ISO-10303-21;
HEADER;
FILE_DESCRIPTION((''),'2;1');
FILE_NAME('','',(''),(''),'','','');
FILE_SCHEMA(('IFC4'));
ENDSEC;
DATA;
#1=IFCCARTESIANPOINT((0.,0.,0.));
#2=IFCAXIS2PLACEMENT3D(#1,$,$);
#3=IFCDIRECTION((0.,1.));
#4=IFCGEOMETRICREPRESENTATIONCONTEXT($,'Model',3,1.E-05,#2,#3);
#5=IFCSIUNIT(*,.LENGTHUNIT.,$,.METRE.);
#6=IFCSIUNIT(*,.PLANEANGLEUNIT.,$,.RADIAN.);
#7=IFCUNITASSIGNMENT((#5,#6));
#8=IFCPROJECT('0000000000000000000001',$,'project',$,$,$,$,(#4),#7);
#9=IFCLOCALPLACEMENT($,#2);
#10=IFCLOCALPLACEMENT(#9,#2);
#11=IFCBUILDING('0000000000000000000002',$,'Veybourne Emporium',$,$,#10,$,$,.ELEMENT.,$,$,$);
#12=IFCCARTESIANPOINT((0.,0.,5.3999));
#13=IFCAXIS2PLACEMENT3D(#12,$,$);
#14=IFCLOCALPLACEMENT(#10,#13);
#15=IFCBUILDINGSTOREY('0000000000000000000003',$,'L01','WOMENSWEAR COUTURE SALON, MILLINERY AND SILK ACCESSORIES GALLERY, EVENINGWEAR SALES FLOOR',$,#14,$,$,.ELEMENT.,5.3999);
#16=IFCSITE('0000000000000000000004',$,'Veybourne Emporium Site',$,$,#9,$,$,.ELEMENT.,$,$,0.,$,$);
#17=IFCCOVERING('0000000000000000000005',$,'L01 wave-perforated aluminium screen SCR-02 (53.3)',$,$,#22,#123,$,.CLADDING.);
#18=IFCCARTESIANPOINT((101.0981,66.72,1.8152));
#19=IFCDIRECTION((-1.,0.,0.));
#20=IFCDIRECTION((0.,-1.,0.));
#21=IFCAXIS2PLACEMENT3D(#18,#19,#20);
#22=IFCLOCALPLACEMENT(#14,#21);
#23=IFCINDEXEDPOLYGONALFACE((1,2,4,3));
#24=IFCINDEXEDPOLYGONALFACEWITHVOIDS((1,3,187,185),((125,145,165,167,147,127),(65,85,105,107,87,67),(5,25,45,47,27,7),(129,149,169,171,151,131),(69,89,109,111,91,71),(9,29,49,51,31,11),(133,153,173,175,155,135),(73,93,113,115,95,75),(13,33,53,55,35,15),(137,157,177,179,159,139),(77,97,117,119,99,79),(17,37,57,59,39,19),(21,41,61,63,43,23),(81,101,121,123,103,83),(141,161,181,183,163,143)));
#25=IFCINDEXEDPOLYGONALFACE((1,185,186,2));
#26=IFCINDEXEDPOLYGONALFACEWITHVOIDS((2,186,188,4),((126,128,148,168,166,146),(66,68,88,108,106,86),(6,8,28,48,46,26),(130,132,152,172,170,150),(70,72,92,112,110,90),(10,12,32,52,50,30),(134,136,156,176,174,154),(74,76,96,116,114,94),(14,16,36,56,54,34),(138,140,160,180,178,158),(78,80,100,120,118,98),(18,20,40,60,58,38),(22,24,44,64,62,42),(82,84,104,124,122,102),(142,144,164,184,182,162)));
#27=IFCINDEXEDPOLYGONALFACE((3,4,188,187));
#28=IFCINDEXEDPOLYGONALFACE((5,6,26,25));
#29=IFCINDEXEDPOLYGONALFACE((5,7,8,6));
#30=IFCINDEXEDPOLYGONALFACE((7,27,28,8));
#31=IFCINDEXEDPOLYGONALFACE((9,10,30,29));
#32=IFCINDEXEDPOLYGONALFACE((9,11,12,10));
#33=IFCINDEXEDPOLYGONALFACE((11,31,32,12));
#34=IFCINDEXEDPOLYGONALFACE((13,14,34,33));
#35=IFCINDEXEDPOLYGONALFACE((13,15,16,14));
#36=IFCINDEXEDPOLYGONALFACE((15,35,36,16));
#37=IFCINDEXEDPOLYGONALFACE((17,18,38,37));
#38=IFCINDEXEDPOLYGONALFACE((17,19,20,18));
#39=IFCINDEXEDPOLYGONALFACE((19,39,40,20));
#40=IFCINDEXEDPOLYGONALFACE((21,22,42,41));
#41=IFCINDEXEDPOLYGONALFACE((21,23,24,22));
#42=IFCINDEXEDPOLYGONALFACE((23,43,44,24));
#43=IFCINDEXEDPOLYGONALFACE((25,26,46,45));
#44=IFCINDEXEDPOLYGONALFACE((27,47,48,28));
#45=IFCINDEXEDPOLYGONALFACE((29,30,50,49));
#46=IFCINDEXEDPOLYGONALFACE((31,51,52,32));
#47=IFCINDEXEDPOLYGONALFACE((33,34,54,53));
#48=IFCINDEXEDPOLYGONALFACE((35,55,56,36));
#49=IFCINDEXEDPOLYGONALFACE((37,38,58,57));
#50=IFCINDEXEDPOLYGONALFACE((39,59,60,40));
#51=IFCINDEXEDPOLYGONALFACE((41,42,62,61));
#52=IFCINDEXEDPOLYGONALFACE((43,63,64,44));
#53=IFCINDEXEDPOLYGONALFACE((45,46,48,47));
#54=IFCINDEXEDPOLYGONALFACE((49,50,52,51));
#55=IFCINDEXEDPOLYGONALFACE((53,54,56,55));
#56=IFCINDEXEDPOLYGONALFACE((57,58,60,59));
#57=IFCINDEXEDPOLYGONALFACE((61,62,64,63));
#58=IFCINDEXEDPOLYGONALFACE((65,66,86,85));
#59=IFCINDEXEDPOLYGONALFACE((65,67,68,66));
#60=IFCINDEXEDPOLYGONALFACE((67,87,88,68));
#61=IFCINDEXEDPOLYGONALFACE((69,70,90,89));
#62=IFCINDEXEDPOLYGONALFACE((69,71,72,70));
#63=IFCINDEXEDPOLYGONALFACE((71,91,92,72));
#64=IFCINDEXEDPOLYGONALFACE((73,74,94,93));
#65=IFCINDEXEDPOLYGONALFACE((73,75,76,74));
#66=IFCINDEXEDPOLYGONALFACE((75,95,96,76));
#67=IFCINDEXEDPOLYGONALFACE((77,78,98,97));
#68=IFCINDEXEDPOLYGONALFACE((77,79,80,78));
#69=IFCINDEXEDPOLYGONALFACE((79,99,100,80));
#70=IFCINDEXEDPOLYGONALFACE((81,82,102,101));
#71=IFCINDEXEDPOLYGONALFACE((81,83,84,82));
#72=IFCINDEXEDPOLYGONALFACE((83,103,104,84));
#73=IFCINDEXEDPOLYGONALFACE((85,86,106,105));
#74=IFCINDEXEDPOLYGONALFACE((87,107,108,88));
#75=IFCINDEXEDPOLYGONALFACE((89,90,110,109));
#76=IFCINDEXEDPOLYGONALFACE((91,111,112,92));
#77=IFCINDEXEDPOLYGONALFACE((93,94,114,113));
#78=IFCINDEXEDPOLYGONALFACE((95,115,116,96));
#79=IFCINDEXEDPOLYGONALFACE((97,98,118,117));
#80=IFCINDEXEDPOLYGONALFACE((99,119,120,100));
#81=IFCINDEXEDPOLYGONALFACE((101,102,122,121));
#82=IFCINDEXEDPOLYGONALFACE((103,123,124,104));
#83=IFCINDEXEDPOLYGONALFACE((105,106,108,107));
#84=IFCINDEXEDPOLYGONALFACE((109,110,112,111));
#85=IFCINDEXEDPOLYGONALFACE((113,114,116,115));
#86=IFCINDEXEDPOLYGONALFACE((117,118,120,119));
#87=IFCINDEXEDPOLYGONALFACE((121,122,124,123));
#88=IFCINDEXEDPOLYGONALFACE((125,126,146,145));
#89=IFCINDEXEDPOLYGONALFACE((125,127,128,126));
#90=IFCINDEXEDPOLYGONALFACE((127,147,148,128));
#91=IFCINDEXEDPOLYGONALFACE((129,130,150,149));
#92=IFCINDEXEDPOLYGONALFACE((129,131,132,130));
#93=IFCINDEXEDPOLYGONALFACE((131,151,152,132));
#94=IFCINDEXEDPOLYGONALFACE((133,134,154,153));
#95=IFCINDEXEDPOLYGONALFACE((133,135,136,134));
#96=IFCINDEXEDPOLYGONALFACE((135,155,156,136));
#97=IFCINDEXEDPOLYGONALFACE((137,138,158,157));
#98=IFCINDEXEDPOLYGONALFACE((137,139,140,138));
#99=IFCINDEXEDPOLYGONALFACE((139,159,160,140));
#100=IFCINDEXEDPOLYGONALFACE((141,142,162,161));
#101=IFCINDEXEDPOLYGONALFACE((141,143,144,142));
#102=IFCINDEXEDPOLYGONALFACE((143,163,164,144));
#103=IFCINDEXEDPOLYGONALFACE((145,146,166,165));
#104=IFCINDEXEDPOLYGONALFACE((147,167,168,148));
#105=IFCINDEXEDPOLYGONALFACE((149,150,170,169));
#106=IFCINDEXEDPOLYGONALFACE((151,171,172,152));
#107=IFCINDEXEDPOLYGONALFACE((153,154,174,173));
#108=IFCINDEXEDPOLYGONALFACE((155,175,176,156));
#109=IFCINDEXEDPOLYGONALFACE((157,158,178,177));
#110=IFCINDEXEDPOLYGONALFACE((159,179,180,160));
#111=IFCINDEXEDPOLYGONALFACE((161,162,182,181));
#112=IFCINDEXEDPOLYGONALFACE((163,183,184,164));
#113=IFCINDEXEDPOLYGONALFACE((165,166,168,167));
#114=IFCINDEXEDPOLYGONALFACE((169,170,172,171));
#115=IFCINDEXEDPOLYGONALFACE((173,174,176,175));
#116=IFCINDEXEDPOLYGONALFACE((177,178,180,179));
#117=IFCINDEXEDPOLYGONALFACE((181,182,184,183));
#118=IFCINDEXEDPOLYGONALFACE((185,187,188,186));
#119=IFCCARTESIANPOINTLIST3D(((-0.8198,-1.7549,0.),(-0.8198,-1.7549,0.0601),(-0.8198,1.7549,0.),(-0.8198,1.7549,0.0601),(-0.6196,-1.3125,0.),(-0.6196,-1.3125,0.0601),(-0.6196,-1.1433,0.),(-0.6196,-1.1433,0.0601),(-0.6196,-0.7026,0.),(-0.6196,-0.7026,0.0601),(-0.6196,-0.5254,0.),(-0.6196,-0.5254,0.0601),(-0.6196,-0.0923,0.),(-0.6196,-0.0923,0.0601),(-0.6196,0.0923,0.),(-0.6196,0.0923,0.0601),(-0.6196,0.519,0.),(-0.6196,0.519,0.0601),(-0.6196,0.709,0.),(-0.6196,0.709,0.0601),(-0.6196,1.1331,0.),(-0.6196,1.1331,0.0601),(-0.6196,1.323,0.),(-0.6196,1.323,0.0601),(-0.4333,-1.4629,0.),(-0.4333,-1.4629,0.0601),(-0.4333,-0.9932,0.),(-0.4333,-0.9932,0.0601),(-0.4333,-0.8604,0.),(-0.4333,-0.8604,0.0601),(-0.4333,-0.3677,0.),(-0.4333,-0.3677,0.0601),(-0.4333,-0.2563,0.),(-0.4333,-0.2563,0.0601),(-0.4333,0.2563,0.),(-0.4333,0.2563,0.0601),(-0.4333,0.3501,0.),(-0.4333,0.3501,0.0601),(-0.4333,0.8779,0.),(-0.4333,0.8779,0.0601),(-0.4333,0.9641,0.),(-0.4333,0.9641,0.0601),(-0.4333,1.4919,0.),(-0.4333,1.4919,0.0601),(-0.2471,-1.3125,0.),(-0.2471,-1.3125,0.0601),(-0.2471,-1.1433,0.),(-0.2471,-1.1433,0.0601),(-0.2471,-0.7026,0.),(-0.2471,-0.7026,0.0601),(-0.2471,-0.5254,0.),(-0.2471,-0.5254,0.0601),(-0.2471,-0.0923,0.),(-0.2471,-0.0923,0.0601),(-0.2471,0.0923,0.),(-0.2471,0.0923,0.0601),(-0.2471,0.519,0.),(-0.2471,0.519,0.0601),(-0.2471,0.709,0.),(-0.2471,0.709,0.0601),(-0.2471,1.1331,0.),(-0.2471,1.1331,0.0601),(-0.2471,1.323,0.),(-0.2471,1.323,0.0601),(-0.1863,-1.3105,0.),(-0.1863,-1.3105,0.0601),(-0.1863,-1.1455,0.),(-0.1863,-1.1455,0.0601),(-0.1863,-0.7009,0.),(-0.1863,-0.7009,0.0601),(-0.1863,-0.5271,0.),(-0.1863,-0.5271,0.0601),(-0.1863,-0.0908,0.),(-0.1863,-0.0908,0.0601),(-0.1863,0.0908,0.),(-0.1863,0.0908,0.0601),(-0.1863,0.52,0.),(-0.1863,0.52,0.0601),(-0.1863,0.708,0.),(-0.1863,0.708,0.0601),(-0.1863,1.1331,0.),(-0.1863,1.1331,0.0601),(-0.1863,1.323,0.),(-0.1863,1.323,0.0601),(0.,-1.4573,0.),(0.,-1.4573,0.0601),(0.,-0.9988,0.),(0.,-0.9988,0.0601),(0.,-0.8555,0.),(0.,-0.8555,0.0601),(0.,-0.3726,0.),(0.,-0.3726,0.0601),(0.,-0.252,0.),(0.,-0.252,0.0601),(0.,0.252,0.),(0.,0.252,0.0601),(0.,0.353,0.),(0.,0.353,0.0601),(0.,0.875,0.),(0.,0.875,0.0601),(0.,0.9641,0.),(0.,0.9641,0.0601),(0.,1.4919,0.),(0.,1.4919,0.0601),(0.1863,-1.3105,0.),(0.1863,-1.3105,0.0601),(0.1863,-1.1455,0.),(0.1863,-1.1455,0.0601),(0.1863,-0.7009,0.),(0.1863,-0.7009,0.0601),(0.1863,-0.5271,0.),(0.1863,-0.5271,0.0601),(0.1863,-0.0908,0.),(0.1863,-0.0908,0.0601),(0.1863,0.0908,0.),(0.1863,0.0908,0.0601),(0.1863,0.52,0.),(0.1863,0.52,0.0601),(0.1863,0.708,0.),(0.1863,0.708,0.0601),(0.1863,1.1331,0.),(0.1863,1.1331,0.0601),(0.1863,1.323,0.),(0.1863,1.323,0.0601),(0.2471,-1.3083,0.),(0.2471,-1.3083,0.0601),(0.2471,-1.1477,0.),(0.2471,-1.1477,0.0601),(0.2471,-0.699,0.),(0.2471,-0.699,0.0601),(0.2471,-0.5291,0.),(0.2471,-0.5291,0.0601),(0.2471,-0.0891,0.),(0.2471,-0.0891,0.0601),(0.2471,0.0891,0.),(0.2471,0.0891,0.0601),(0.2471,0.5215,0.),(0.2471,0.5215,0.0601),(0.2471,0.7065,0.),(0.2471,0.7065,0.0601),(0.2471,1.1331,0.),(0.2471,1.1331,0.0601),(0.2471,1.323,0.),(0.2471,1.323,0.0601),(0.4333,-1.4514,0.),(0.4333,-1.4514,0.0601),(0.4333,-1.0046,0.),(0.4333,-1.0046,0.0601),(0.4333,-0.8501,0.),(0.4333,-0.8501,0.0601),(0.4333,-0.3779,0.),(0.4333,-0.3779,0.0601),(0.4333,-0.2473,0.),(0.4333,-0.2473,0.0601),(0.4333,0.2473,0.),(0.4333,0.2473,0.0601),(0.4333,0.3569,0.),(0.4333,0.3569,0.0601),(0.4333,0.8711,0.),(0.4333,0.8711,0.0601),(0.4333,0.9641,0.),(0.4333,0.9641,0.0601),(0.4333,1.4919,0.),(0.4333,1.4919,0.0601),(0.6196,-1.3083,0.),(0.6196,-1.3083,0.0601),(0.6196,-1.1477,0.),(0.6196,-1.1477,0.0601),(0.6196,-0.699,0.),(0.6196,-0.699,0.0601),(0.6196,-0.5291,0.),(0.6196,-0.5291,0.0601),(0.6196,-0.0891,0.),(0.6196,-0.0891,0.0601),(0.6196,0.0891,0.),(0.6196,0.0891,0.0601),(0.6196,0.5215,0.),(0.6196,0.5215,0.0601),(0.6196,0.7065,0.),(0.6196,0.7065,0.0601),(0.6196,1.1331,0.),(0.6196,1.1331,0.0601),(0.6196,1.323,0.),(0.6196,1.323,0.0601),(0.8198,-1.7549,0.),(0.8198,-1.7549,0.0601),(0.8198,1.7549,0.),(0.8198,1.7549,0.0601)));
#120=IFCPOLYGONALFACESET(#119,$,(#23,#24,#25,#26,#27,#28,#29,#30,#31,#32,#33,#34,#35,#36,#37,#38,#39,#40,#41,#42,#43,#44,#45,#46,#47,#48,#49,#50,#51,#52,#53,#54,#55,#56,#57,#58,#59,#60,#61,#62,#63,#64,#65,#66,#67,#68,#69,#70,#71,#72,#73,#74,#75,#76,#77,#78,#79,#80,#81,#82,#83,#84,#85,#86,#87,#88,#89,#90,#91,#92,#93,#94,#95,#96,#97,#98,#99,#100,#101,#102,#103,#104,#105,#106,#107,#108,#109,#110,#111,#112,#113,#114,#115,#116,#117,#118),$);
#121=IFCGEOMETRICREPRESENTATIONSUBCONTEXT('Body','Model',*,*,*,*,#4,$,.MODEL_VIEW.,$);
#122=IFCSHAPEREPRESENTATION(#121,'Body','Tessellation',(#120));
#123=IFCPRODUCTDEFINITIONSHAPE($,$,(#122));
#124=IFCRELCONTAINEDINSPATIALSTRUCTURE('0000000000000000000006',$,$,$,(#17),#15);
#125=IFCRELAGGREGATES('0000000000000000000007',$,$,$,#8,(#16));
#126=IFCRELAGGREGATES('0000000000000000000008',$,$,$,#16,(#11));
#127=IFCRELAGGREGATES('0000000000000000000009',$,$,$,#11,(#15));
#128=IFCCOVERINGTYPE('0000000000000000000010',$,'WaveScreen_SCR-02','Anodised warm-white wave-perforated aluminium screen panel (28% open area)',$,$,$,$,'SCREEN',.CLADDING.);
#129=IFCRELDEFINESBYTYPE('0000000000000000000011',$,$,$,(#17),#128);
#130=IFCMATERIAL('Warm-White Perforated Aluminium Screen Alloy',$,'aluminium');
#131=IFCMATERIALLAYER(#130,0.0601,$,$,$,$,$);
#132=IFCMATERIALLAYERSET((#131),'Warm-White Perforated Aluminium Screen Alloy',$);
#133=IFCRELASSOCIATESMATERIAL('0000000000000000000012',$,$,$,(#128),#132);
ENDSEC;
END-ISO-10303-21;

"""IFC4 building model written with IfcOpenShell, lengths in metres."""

from ifc_helpers import new_model, si_unit, direction, frame, origin, place, context, subcontext, project, spatial, polyline, outline, extrude, material, layer, layer_set, type_object, element, save


model = new_model("IFC4")

# Units and contexts
model_context = context("Model", 3, precision=1e-05, world=origin(), true_north=direction((0.0, 1.0)))
body_context = subcontext(model_context, "Body", "Model", "MODEL_VIEW")
ifc_project = project(units=[si_unit("LENGTHUNIT", "METRE"), si_unit("PLANEANGLEUNIT", "RADIAN")], contexts=[model_context])

# Site, building, storey
site_placement = place(None, origin())
site = spatial("IfcSite", under=ifc_project, at=site_placement, Name="Veybourne Emporium Site", CompositionType="ELEMENT", RefElevation=0.0)
building_placement = place(site_placement, origin())
building = spatial("IfcBuilding", under=site, at=building_placement, Name="Veybourne Emporium", CompositionType="ELEMENT")
storey_placement = place(building_placement, frame((0.0, 0.0, 5.3999)))
storey = spatial("IfcBuildingStorey", under=building, at=storey_placement, Name="L01", Description="WOMENSWEAR COUTURE SALON, MILLINERY AND SILK ACCESSORIES GALLERY, EVENINGWEAR SALES FLOOR", CompositionType="ELEMENT", Elevation=5.3999)

# Covering
ifc_material_1 = material(Name="Warm-White Perforated Aluminium Screen Alloy", Category="aluminium")
ifc_layer_1 = layer(ifc_material_1, 0.0601)
ifc_layer_set_1 = layer_set([ifc_layer_1], Name="Warm-White Perforated Aluminium Screen Alloy")
covering_type_1 = type_object("IfcCoveringType", Name="WaveScreen_SCR-02", Description="Anodised warm-white wave-perforated aluminium screen panel (28% open area)", ElementType="SCREEN", PredefinedType="CLADDING", material=ifc_layer_set_1)
covering_1_placement = place(storey_placement, frame((101.0981, 66.72, 1.8152), z_axis=(-1.0, 0.0, 0.0), x_axis=(0.0, -1.0, 0.0)))
element("IfcCovering", 1, at=covering_1_placement, inside=storey, type_object=covering_type_1, Name="L01 wave-perforated aluminium screen SCR-02 (53.3)", PredefinedType="CLADDING", context=body_context, shape_type="SweptSolid", body=[
    extrude(outline(polyline([(-0.8198, -1.7549), (0.8198, -1.7549), (0.8198, 1.7549), (-0.8198, 1.7549), (-0.8198, -1.7549)]), holes=[polyline([(-0.4333, -0.9932), (-0.2471, -1.1433), (-0.2471, -1.3125), (-0.4333, -1.4629), (-0.6196, -1.3125), (-0.6196, -1.1433), (-0.4333, -0.9932)]), polyline([(-0.4333, -0.3677), (-0.2471, -0.5254), (-0.2471, -0.7026), (-0.4333, -0.8604), (-0.6196, -0.7026), (-0.6196, -0.5254), (-0.4333, -0.3677)]), polyline([(-0.4333, 0.2563), (-0.2471, 0.0923), (-0.2471, -0.0923), (-0.4333, -0.2563), (-0.6196, -0.0923), (-0.6196, 0.0923), (-0.4333, 0.2563)]), polyline([(-0.4333, 0.8779), (-0.2471, 0.709), (-0.2471, 0.519), (-0.4333, 0.3501), (-0.6196, 0.519), (-0.6196, 0.709), (-0.4333, 0.8779)]), polyline([(-0.4333, 1.4919), (-0.2471, 1.323), (-0.2471, 1.1331), (-0.4333, 0.9641), (-0.6196, 1.1331), (-0.6196, 1.323), (-0.4333, 1.4919)]), polyline([(0.0, -0.9988), (0.1863, -1.1455), (0.1863, -1.3105), (0.0, -1.4573), (-0.1863, -1.3105), (-0.1863, -1.1455), (0.0, -0.9988)]), polyline([(0.0, -0.3726), (0.1863, -0.5271), (0.1863, -0.7009), (0.0, -0.8555), (-0.1863, -0.7009), (-0.1863, -0.5271), (0.0, -0.3726)]), polyline([(0.0, 0.252), (0.1863, 0.0908), (0.1863, -0.0908), (0.0, -0.252), (-0.1863, -0.0908), (-0.1863, 0.0908), (0.0, 0.252)]), polyline([(0.0, 0.875), (0.1863, 0.708), (0.1863, 0.52), (0.0, 0.353), (-0.1863, 0.52), (-0.1863, 0.708), (0.0, 0.875)]), polyline([(0.0, 1.4919), (0.1863, 1.323), (0.1863, 1.1331), (0.0, 0.9641), (-0.1863, 1.1331), (-0.1863, 1.323), (0.0, 1.4919)]), polyline([(0.4333, -1.0046), (0.6196, -1.1477), (0.6196, -1.3083), (0.4333, -1.4514), (0.2471, -1.3083), (0.2471, -1.1477), (0.4333, -1.0046)]), polyline([(0.4333, -0.3779), (0.6196, -0.5291), (0.6196, -0.699), (0.4333, -0.8501), (0.2471, -0.699), (0.2471, -0.5291), (0.4333, -0.3779)]), polyline([(0.4333, 0.2473), (0.6196, 0.0891), (0.6196, -0.0891), (0.4333, -0.2473), (0.2471, -0.0891), (0.2471, 0.0891), (0.4333, 0.2473)]), polyline([(0.4333, 0.8711), (0.6196, 0.7065), (0.6196, 0.5215), (0.4333, 0.3569), (0.2471, 0.5215), (0.2471, 0.7065), (0.4333, 0.8711)]), polyline([(0.4333, 1.4919), (0.6196, 1.323), (0.6196, 1.1331), (0.4333, 0.9641), (0.2471, 1.1331), (0.2471, 1.323), (0.4333, 1.4919)])]), origin(), (0.0, 0.0, 1.0), 0.0601),
])

save(model, "model.ifc")
